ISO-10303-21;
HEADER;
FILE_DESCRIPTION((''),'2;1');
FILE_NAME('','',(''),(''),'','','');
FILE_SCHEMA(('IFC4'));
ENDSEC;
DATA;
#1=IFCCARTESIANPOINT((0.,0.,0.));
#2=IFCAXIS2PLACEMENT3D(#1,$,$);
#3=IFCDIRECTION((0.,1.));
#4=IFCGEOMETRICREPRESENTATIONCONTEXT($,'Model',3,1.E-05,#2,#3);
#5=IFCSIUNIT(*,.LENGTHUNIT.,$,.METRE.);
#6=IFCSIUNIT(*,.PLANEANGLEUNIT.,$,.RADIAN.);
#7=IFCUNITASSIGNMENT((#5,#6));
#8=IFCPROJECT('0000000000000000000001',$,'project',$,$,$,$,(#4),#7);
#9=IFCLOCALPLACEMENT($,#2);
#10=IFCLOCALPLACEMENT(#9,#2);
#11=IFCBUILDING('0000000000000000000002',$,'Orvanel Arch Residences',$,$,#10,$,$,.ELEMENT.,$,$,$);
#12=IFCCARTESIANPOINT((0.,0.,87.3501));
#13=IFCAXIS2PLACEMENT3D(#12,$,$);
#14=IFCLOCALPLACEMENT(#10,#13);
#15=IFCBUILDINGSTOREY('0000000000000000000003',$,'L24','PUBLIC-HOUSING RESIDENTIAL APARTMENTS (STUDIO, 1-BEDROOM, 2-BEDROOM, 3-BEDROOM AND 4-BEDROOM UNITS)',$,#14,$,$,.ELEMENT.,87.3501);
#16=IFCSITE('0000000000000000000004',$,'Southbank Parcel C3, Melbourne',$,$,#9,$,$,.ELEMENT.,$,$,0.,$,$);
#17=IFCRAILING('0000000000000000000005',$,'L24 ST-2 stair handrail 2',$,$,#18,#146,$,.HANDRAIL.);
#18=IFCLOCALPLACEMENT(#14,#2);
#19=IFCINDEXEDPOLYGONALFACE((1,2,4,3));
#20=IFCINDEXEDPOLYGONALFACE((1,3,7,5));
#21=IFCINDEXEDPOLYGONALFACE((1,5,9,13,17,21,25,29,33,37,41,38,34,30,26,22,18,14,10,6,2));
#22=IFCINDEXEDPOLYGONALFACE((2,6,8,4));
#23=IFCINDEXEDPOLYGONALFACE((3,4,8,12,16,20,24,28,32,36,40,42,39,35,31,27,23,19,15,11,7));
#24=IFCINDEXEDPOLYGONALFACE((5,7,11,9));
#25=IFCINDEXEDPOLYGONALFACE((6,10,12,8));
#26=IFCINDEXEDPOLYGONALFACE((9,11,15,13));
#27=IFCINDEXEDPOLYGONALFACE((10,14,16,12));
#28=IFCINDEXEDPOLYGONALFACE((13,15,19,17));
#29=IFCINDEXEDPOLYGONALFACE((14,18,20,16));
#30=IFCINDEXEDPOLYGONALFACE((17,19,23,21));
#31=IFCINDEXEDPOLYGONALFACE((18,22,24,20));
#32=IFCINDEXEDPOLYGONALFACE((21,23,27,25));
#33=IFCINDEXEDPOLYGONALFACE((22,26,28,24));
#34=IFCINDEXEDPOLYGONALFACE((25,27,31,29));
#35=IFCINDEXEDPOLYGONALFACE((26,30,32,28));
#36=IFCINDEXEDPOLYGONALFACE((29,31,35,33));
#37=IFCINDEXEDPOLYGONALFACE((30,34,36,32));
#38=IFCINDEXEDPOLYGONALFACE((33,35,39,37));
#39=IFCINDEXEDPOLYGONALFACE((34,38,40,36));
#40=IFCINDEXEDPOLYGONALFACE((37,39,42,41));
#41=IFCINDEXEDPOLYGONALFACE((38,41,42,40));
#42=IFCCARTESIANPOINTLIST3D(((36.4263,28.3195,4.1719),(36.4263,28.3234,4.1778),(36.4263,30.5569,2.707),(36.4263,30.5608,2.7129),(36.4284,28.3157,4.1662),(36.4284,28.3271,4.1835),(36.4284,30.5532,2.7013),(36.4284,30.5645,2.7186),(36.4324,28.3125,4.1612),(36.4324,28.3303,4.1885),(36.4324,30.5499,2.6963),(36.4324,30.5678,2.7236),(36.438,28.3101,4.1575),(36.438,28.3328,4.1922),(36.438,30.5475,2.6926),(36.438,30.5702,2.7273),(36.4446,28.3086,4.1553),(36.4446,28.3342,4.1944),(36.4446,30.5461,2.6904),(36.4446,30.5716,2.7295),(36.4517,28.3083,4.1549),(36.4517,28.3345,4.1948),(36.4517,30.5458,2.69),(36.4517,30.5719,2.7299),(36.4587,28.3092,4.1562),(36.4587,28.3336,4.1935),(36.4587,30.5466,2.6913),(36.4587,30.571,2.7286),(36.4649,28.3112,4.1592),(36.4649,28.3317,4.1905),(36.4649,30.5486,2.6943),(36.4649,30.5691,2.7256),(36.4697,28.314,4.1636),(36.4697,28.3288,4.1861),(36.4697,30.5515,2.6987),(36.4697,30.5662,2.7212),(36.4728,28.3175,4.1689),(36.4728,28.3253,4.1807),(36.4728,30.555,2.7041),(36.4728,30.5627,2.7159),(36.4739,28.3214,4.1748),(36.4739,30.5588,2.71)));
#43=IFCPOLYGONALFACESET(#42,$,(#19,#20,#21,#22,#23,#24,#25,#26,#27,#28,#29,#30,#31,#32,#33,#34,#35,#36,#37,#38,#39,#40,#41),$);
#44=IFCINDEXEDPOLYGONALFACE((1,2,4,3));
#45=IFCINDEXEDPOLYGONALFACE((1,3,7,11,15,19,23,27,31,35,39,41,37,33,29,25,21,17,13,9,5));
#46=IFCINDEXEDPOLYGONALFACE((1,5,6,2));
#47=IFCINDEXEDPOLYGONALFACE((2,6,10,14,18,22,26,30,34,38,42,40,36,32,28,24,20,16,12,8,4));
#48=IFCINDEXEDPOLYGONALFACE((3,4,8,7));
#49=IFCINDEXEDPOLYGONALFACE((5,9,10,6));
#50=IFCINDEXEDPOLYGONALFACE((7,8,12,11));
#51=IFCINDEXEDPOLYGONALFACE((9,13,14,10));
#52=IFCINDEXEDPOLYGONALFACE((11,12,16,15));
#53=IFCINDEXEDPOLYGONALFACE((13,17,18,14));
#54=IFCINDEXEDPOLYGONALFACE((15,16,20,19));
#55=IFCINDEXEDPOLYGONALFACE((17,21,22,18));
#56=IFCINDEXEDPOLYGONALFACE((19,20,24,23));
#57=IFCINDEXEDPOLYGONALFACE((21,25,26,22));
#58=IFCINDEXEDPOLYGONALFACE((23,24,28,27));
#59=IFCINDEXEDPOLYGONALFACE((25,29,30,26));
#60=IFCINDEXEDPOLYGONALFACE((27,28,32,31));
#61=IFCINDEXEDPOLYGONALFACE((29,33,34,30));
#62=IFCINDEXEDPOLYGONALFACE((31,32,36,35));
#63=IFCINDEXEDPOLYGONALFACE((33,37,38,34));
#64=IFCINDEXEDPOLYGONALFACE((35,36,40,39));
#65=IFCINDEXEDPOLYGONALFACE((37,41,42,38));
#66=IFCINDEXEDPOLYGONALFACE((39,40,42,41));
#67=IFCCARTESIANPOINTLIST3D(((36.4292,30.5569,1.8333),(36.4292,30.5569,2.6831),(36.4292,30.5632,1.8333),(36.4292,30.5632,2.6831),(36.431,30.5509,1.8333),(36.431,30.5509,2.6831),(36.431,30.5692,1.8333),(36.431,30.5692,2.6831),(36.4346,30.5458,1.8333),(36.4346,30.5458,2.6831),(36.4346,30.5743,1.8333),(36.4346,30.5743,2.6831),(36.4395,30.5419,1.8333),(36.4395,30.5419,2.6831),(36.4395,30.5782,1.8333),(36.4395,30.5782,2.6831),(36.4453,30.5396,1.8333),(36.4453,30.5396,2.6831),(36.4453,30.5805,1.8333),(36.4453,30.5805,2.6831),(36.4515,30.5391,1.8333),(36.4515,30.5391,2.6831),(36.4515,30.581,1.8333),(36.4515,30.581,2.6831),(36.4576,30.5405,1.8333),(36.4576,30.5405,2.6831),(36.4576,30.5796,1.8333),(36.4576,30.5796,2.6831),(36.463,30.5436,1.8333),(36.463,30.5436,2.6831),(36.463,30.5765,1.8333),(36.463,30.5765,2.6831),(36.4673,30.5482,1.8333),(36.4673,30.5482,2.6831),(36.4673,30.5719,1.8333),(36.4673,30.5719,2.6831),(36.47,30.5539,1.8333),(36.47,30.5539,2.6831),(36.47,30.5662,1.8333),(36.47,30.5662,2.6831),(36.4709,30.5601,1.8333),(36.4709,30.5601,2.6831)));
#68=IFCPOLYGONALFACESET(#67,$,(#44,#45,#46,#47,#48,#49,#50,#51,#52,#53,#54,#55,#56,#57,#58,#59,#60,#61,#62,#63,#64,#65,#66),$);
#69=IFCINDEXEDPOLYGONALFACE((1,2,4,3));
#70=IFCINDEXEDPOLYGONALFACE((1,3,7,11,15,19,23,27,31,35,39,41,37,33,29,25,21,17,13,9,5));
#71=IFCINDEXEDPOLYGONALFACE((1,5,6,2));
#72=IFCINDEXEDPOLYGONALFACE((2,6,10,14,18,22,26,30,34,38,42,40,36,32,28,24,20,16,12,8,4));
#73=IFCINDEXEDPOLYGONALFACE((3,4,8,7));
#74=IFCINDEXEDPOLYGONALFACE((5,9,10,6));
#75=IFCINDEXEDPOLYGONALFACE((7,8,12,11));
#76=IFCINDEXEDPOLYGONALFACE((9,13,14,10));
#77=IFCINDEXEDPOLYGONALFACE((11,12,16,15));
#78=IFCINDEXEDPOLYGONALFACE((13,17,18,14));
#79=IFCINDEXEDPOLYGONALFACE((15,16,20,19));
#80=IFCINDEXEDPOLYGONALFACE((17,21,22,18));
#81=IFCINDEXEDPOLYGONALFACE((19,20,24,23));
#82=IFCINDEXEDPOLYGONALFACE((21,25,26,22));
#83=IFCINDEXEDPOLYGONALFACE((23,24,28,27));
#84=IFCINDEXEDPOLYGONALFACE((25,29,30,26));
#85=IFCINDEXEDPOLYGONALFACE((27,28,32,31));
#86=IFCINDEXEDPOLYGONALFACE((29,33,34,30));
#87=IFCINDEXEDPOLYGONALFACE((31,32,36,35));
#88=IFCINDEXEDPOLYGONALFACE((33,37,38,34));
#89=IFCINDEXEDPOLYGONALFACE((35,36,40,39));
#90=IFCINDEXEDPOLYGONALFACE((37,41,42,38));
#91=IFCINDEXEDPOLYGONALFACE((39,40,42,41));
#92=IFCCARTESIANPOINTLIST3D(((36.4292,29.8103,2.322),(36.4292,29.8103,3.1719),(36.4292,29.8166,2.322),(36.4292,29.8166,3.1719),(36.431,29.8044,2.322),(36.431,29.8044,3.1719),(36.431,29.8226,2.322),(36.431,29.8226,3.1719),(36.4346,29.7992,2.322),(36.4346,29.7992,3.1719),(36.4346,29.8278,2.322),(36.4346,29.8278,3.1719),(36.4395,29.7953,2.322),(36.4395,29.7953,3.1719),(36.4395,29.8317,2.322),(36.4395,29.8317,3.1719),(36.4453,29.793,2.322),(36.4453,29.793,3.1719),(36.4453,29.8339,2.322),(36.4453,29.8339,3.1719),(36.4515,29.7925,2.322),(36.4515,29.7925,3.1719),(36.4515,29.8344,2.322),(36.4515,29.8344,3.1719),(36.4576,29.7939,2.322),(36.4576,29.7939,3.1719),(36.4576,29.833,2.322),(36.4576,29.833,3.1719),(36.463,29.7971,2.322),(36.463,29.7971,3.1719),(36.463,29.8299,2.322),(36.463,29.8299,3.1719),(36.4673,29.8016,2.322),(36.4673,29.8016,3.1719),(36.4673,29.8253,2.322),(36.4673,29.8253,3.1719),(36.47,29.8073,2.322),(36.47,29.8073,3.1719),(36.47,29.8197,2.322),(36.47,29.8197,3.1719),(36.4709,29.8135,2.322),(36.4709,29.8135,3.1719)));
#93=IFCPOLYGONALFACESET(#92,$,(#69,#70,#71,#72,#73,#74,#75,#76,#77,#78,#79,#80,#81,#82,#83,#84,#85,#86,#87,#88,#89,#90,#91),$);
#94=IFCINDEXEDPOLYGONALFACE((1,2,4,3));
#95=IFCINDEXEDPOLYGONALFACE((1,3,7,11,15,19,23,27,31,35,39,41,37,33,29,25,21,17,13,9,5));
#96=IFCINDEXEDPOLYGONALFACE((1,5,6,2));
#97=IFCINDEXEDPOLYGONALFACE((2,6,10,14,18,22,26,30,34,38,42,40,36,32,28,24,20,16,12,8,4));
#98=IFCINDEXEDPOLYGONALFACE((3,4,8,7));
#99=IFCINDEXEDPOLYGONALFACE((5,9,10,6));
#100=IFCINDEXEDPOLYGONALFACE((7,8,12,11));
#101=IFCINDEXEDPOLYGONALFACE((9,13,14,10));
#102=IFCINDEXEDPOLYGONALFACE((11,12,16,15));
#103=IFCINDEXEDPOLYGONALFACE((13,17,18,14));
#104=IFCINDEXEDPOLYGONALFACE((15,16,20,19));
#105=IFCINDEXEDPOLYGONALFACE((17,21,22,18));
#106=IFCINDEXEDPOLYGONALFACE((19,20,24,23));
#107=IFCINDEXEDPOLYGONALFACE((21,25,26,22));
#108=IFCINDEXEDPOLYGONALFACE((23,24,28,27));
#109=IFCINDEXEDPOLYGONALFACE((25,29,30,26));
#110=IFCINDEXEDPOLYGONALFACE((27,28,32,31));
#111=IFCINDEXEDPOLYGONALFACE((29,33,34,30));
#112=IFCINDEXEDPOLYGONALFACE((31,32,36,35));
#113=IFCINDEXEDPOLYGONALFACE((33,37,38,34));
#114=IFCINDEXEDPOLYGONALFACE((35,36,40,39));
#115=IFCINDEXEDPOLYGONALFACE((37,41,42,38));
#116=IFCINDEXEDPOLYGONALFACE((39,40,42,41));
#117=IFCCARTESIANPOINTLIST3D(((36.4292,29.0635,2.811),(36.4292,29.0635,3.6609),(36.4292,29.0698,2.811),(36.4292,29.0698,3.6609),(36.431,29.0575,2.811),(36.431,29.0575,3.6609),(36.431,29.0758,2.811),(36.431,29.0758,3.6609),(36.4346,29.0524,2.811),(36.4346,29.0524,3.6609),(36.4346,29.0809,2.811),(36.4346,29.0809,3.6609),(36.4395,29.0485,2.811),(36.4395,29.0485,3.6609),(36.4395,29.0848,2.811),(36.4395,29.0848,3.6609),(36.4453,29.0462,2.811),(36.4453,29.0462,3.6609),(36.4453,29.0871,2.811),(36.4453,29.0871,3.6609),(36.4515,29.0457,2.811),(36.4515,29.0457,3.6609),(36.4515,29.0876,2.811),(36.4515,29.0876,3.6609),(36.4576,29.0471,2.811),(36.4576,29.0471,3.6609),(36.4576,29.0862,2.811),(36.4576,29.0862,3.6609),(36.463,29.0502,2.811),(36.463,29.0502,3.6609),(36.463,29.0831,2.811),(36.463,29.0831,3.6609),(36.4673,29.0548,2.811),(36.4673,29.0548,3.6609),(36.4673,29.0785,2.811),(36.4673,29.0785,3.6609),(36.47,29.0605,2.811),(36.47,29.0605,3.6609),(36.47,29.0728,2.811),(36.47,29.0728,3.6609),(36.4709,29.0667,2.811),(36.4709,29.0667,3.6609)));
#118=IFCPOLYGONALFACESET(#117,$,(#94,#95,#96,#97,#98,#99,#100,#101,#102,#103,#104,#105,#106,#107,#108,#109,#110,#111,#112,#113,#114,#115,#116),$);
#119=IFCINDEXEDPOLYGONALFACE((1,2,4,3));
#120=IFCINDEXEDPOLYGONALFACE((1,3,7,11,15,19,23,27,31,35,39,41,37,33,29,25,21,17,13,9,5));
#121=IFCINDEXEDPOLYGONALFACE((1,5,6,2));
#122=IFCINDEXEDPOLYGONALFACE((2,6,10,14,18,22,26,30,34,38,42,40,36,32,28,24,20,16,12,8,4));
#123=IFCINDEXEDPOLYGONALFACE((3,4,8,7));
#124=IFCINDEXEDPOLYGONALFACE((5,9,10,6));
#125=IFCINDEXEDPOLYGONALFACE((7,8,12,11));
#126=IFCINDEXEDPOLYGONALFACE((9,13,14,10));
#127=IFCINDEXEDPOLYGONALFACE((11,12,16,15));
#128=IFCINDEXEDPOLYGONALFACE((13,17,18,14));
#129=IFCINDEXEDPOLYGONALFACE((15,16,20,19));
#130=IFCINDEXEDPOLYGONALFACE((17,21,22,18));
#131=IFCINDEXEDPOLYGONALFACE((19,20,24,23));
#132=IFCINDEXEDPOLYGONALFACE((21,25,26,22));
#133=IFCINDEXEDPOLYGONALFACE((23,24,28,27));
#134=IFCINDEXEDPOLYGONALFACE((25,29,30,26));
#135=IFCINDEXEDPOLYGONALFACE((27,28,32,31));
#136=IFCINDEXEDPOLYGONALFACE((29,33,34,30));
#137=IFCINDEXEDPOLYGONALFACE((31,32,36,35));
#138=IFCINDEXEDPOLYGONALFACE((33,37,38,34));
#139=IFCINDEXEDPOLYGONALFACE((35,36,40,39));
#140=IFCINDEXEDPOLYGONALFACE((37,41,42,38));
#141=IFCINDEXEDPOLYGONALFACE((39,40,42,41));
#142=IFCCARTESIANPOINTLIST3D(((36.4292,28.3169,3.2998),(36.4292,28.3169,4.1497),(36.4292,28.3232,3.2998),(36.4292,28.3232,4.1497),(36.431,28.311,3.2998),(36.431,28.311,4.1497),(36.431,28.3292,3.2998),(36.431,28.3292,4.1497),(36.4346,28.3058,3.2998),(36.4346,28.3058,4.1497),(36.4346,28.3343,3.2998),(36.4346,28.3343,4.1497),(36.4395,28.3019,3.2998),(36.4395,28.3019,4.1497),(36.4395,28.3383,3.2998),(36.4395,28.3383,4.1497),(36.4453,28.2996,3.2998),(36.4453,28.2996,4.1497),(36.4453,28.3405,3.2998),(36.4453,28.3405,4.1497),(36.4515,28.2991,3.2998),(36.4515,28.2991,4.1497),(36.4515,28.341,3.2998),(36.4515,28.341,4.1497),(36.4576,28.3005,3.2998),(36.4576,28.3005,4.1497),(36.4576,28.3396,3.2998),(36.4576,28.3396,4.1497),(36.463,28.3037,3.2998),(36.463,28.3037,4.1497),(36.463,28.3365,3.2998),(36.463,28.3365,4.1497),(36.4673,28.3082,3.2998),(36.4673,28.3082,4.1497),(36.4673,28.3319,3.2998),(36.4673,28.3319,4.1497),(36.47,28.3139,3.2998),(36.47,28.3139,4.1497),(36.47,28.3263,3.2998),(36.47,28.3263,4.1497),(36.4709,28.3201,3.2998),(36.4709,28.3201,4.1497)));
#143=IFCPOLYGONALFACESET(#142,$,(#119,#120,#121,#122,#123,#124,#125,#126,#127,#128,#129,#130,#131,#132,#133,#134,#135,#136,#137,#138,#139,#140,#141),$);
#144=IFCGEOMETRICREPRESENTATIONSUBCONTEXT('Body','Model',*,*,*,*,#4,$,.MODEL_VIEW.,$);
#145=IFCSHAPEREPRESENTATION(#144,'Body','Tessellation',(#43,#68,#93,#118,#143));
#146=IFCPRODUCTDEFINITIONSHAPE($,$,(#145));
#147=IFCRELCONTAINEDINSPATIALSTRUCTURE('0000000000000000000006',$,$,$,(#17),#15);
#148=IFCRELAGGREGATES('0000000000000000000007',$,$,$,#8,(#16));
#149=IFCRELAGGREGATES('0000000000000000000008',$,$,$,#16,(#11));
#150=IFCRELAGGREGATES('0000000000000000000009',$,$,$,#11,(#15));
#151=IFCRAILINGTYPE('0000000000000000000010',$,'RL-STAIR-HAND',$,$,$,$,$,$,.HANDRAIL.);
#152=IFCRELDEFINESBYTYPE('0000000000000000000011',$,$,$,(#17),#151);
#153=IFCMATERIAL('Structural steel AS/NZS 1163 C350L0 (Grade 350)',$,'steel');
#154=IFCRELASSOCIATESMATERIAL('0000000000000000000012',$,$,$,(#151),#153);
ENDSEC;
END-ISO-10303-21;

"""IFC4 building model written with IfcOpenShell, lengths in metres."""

from ifc_helpers import new_model, si_unit, direction, frame, origin, origin_2d, place, context, subcontext, project, spatial, circle, extrude, material, type_object, element, save


model = new_model("IFC4")

# Units and contexts
model_context = context("Model", 3, precision=1e-05, world=origin(), true_north=direction((0.0, 1.0)))
body_context = subcontext(model_context, "Body", "Model", "MODEL_VIEW")
ifc_project = project(units=[si_unit("LENGTHUNIT", "METRE"), si_unit("PLANEANGLEUNIT", "RADIAN")], contexts=[model_context])

# Site, building, storey
site_placement = place(None, origin())
site = spatial("IfcSite", under=ifc_project, at=site_placement, Name="Southbank Parcel C3, Melbourne", CompositionType="ELEMENT", RefElevation=0.0)
building_placement = place(site_placement, origin())
building = spatial("IfcBuilding", under=site, at=building_placement, Name="Orvanel Arch Residences", CompositionType="ELEMENT")
storey_placement = place(building_placement, frame((0.0, 0.0, 87.3501)))
storey = spatial("IfcBuildingStorey", under=building, at=storey_placement, Name="L24", Description="PUBLIC-HOUSING RESIDENTIAL APARTMENTS (STUDIO, 1-BEDROOM, 2-BEDROOM, 3-BEDROOM AND 4-BEDROOM UNITS)", CompositionType="ELEMENT", Elevation=87.3501)

# Railing
ifc_material_1 = material(Name="Structural steel AS/NZS 1163 C350L0 (Grade 350)", Category="steel")
railing_type_1 = type_object("IfcRailingType", Name="RL-STAIR-HAND", PredefinedType="HANDRAIL", material=ifc_material_1)
railing_1_placement = place(storey_placement, frame((36.45, 30.5601, 1.8333)))
element("IfcRailing", 1, at=railing_1_placement, inside=storey, type_object=railing_type_1, Name="L24 ST-2 stair handrail 2", PredefinedType="HANDRAIL", context=body_context, shape_type="SweptSolid", body=[
    extrude(circle(Radius=0.0239, at=origin_2d()), frame((0.0, -0.0012, 0.8767), z_axis=(0.0, -0.836637, 0.547758), x_axis=(1.0, 0.0, 0.0)), (0.0, 0.0, 1.0), 2.6743),
    extrude(circle(Radius=0.021, at=origin_2d()), origin(), (0.0, 0.0, 1.0), 0.8499),
    extrude(circle(Radius=0.021, at=origin_2d()), frame((0.0, -0.7466, 0.4888)), (0.0, 0.0, 1.0), 0.8499),
    extrude(circle(Radius=0.021, at=origin_2d()), frame((0.0, -1.4934, 0.9778)), (0.0, 0.0, 1.0), 0.8499),
    extrude(circle(Radius=0.021, at=origin_2d()), frame((0.0, -2.24, 1.4666)), (0.0, 0.0, 1.0), 0.8499),
])

save(model, "model.ifc")
